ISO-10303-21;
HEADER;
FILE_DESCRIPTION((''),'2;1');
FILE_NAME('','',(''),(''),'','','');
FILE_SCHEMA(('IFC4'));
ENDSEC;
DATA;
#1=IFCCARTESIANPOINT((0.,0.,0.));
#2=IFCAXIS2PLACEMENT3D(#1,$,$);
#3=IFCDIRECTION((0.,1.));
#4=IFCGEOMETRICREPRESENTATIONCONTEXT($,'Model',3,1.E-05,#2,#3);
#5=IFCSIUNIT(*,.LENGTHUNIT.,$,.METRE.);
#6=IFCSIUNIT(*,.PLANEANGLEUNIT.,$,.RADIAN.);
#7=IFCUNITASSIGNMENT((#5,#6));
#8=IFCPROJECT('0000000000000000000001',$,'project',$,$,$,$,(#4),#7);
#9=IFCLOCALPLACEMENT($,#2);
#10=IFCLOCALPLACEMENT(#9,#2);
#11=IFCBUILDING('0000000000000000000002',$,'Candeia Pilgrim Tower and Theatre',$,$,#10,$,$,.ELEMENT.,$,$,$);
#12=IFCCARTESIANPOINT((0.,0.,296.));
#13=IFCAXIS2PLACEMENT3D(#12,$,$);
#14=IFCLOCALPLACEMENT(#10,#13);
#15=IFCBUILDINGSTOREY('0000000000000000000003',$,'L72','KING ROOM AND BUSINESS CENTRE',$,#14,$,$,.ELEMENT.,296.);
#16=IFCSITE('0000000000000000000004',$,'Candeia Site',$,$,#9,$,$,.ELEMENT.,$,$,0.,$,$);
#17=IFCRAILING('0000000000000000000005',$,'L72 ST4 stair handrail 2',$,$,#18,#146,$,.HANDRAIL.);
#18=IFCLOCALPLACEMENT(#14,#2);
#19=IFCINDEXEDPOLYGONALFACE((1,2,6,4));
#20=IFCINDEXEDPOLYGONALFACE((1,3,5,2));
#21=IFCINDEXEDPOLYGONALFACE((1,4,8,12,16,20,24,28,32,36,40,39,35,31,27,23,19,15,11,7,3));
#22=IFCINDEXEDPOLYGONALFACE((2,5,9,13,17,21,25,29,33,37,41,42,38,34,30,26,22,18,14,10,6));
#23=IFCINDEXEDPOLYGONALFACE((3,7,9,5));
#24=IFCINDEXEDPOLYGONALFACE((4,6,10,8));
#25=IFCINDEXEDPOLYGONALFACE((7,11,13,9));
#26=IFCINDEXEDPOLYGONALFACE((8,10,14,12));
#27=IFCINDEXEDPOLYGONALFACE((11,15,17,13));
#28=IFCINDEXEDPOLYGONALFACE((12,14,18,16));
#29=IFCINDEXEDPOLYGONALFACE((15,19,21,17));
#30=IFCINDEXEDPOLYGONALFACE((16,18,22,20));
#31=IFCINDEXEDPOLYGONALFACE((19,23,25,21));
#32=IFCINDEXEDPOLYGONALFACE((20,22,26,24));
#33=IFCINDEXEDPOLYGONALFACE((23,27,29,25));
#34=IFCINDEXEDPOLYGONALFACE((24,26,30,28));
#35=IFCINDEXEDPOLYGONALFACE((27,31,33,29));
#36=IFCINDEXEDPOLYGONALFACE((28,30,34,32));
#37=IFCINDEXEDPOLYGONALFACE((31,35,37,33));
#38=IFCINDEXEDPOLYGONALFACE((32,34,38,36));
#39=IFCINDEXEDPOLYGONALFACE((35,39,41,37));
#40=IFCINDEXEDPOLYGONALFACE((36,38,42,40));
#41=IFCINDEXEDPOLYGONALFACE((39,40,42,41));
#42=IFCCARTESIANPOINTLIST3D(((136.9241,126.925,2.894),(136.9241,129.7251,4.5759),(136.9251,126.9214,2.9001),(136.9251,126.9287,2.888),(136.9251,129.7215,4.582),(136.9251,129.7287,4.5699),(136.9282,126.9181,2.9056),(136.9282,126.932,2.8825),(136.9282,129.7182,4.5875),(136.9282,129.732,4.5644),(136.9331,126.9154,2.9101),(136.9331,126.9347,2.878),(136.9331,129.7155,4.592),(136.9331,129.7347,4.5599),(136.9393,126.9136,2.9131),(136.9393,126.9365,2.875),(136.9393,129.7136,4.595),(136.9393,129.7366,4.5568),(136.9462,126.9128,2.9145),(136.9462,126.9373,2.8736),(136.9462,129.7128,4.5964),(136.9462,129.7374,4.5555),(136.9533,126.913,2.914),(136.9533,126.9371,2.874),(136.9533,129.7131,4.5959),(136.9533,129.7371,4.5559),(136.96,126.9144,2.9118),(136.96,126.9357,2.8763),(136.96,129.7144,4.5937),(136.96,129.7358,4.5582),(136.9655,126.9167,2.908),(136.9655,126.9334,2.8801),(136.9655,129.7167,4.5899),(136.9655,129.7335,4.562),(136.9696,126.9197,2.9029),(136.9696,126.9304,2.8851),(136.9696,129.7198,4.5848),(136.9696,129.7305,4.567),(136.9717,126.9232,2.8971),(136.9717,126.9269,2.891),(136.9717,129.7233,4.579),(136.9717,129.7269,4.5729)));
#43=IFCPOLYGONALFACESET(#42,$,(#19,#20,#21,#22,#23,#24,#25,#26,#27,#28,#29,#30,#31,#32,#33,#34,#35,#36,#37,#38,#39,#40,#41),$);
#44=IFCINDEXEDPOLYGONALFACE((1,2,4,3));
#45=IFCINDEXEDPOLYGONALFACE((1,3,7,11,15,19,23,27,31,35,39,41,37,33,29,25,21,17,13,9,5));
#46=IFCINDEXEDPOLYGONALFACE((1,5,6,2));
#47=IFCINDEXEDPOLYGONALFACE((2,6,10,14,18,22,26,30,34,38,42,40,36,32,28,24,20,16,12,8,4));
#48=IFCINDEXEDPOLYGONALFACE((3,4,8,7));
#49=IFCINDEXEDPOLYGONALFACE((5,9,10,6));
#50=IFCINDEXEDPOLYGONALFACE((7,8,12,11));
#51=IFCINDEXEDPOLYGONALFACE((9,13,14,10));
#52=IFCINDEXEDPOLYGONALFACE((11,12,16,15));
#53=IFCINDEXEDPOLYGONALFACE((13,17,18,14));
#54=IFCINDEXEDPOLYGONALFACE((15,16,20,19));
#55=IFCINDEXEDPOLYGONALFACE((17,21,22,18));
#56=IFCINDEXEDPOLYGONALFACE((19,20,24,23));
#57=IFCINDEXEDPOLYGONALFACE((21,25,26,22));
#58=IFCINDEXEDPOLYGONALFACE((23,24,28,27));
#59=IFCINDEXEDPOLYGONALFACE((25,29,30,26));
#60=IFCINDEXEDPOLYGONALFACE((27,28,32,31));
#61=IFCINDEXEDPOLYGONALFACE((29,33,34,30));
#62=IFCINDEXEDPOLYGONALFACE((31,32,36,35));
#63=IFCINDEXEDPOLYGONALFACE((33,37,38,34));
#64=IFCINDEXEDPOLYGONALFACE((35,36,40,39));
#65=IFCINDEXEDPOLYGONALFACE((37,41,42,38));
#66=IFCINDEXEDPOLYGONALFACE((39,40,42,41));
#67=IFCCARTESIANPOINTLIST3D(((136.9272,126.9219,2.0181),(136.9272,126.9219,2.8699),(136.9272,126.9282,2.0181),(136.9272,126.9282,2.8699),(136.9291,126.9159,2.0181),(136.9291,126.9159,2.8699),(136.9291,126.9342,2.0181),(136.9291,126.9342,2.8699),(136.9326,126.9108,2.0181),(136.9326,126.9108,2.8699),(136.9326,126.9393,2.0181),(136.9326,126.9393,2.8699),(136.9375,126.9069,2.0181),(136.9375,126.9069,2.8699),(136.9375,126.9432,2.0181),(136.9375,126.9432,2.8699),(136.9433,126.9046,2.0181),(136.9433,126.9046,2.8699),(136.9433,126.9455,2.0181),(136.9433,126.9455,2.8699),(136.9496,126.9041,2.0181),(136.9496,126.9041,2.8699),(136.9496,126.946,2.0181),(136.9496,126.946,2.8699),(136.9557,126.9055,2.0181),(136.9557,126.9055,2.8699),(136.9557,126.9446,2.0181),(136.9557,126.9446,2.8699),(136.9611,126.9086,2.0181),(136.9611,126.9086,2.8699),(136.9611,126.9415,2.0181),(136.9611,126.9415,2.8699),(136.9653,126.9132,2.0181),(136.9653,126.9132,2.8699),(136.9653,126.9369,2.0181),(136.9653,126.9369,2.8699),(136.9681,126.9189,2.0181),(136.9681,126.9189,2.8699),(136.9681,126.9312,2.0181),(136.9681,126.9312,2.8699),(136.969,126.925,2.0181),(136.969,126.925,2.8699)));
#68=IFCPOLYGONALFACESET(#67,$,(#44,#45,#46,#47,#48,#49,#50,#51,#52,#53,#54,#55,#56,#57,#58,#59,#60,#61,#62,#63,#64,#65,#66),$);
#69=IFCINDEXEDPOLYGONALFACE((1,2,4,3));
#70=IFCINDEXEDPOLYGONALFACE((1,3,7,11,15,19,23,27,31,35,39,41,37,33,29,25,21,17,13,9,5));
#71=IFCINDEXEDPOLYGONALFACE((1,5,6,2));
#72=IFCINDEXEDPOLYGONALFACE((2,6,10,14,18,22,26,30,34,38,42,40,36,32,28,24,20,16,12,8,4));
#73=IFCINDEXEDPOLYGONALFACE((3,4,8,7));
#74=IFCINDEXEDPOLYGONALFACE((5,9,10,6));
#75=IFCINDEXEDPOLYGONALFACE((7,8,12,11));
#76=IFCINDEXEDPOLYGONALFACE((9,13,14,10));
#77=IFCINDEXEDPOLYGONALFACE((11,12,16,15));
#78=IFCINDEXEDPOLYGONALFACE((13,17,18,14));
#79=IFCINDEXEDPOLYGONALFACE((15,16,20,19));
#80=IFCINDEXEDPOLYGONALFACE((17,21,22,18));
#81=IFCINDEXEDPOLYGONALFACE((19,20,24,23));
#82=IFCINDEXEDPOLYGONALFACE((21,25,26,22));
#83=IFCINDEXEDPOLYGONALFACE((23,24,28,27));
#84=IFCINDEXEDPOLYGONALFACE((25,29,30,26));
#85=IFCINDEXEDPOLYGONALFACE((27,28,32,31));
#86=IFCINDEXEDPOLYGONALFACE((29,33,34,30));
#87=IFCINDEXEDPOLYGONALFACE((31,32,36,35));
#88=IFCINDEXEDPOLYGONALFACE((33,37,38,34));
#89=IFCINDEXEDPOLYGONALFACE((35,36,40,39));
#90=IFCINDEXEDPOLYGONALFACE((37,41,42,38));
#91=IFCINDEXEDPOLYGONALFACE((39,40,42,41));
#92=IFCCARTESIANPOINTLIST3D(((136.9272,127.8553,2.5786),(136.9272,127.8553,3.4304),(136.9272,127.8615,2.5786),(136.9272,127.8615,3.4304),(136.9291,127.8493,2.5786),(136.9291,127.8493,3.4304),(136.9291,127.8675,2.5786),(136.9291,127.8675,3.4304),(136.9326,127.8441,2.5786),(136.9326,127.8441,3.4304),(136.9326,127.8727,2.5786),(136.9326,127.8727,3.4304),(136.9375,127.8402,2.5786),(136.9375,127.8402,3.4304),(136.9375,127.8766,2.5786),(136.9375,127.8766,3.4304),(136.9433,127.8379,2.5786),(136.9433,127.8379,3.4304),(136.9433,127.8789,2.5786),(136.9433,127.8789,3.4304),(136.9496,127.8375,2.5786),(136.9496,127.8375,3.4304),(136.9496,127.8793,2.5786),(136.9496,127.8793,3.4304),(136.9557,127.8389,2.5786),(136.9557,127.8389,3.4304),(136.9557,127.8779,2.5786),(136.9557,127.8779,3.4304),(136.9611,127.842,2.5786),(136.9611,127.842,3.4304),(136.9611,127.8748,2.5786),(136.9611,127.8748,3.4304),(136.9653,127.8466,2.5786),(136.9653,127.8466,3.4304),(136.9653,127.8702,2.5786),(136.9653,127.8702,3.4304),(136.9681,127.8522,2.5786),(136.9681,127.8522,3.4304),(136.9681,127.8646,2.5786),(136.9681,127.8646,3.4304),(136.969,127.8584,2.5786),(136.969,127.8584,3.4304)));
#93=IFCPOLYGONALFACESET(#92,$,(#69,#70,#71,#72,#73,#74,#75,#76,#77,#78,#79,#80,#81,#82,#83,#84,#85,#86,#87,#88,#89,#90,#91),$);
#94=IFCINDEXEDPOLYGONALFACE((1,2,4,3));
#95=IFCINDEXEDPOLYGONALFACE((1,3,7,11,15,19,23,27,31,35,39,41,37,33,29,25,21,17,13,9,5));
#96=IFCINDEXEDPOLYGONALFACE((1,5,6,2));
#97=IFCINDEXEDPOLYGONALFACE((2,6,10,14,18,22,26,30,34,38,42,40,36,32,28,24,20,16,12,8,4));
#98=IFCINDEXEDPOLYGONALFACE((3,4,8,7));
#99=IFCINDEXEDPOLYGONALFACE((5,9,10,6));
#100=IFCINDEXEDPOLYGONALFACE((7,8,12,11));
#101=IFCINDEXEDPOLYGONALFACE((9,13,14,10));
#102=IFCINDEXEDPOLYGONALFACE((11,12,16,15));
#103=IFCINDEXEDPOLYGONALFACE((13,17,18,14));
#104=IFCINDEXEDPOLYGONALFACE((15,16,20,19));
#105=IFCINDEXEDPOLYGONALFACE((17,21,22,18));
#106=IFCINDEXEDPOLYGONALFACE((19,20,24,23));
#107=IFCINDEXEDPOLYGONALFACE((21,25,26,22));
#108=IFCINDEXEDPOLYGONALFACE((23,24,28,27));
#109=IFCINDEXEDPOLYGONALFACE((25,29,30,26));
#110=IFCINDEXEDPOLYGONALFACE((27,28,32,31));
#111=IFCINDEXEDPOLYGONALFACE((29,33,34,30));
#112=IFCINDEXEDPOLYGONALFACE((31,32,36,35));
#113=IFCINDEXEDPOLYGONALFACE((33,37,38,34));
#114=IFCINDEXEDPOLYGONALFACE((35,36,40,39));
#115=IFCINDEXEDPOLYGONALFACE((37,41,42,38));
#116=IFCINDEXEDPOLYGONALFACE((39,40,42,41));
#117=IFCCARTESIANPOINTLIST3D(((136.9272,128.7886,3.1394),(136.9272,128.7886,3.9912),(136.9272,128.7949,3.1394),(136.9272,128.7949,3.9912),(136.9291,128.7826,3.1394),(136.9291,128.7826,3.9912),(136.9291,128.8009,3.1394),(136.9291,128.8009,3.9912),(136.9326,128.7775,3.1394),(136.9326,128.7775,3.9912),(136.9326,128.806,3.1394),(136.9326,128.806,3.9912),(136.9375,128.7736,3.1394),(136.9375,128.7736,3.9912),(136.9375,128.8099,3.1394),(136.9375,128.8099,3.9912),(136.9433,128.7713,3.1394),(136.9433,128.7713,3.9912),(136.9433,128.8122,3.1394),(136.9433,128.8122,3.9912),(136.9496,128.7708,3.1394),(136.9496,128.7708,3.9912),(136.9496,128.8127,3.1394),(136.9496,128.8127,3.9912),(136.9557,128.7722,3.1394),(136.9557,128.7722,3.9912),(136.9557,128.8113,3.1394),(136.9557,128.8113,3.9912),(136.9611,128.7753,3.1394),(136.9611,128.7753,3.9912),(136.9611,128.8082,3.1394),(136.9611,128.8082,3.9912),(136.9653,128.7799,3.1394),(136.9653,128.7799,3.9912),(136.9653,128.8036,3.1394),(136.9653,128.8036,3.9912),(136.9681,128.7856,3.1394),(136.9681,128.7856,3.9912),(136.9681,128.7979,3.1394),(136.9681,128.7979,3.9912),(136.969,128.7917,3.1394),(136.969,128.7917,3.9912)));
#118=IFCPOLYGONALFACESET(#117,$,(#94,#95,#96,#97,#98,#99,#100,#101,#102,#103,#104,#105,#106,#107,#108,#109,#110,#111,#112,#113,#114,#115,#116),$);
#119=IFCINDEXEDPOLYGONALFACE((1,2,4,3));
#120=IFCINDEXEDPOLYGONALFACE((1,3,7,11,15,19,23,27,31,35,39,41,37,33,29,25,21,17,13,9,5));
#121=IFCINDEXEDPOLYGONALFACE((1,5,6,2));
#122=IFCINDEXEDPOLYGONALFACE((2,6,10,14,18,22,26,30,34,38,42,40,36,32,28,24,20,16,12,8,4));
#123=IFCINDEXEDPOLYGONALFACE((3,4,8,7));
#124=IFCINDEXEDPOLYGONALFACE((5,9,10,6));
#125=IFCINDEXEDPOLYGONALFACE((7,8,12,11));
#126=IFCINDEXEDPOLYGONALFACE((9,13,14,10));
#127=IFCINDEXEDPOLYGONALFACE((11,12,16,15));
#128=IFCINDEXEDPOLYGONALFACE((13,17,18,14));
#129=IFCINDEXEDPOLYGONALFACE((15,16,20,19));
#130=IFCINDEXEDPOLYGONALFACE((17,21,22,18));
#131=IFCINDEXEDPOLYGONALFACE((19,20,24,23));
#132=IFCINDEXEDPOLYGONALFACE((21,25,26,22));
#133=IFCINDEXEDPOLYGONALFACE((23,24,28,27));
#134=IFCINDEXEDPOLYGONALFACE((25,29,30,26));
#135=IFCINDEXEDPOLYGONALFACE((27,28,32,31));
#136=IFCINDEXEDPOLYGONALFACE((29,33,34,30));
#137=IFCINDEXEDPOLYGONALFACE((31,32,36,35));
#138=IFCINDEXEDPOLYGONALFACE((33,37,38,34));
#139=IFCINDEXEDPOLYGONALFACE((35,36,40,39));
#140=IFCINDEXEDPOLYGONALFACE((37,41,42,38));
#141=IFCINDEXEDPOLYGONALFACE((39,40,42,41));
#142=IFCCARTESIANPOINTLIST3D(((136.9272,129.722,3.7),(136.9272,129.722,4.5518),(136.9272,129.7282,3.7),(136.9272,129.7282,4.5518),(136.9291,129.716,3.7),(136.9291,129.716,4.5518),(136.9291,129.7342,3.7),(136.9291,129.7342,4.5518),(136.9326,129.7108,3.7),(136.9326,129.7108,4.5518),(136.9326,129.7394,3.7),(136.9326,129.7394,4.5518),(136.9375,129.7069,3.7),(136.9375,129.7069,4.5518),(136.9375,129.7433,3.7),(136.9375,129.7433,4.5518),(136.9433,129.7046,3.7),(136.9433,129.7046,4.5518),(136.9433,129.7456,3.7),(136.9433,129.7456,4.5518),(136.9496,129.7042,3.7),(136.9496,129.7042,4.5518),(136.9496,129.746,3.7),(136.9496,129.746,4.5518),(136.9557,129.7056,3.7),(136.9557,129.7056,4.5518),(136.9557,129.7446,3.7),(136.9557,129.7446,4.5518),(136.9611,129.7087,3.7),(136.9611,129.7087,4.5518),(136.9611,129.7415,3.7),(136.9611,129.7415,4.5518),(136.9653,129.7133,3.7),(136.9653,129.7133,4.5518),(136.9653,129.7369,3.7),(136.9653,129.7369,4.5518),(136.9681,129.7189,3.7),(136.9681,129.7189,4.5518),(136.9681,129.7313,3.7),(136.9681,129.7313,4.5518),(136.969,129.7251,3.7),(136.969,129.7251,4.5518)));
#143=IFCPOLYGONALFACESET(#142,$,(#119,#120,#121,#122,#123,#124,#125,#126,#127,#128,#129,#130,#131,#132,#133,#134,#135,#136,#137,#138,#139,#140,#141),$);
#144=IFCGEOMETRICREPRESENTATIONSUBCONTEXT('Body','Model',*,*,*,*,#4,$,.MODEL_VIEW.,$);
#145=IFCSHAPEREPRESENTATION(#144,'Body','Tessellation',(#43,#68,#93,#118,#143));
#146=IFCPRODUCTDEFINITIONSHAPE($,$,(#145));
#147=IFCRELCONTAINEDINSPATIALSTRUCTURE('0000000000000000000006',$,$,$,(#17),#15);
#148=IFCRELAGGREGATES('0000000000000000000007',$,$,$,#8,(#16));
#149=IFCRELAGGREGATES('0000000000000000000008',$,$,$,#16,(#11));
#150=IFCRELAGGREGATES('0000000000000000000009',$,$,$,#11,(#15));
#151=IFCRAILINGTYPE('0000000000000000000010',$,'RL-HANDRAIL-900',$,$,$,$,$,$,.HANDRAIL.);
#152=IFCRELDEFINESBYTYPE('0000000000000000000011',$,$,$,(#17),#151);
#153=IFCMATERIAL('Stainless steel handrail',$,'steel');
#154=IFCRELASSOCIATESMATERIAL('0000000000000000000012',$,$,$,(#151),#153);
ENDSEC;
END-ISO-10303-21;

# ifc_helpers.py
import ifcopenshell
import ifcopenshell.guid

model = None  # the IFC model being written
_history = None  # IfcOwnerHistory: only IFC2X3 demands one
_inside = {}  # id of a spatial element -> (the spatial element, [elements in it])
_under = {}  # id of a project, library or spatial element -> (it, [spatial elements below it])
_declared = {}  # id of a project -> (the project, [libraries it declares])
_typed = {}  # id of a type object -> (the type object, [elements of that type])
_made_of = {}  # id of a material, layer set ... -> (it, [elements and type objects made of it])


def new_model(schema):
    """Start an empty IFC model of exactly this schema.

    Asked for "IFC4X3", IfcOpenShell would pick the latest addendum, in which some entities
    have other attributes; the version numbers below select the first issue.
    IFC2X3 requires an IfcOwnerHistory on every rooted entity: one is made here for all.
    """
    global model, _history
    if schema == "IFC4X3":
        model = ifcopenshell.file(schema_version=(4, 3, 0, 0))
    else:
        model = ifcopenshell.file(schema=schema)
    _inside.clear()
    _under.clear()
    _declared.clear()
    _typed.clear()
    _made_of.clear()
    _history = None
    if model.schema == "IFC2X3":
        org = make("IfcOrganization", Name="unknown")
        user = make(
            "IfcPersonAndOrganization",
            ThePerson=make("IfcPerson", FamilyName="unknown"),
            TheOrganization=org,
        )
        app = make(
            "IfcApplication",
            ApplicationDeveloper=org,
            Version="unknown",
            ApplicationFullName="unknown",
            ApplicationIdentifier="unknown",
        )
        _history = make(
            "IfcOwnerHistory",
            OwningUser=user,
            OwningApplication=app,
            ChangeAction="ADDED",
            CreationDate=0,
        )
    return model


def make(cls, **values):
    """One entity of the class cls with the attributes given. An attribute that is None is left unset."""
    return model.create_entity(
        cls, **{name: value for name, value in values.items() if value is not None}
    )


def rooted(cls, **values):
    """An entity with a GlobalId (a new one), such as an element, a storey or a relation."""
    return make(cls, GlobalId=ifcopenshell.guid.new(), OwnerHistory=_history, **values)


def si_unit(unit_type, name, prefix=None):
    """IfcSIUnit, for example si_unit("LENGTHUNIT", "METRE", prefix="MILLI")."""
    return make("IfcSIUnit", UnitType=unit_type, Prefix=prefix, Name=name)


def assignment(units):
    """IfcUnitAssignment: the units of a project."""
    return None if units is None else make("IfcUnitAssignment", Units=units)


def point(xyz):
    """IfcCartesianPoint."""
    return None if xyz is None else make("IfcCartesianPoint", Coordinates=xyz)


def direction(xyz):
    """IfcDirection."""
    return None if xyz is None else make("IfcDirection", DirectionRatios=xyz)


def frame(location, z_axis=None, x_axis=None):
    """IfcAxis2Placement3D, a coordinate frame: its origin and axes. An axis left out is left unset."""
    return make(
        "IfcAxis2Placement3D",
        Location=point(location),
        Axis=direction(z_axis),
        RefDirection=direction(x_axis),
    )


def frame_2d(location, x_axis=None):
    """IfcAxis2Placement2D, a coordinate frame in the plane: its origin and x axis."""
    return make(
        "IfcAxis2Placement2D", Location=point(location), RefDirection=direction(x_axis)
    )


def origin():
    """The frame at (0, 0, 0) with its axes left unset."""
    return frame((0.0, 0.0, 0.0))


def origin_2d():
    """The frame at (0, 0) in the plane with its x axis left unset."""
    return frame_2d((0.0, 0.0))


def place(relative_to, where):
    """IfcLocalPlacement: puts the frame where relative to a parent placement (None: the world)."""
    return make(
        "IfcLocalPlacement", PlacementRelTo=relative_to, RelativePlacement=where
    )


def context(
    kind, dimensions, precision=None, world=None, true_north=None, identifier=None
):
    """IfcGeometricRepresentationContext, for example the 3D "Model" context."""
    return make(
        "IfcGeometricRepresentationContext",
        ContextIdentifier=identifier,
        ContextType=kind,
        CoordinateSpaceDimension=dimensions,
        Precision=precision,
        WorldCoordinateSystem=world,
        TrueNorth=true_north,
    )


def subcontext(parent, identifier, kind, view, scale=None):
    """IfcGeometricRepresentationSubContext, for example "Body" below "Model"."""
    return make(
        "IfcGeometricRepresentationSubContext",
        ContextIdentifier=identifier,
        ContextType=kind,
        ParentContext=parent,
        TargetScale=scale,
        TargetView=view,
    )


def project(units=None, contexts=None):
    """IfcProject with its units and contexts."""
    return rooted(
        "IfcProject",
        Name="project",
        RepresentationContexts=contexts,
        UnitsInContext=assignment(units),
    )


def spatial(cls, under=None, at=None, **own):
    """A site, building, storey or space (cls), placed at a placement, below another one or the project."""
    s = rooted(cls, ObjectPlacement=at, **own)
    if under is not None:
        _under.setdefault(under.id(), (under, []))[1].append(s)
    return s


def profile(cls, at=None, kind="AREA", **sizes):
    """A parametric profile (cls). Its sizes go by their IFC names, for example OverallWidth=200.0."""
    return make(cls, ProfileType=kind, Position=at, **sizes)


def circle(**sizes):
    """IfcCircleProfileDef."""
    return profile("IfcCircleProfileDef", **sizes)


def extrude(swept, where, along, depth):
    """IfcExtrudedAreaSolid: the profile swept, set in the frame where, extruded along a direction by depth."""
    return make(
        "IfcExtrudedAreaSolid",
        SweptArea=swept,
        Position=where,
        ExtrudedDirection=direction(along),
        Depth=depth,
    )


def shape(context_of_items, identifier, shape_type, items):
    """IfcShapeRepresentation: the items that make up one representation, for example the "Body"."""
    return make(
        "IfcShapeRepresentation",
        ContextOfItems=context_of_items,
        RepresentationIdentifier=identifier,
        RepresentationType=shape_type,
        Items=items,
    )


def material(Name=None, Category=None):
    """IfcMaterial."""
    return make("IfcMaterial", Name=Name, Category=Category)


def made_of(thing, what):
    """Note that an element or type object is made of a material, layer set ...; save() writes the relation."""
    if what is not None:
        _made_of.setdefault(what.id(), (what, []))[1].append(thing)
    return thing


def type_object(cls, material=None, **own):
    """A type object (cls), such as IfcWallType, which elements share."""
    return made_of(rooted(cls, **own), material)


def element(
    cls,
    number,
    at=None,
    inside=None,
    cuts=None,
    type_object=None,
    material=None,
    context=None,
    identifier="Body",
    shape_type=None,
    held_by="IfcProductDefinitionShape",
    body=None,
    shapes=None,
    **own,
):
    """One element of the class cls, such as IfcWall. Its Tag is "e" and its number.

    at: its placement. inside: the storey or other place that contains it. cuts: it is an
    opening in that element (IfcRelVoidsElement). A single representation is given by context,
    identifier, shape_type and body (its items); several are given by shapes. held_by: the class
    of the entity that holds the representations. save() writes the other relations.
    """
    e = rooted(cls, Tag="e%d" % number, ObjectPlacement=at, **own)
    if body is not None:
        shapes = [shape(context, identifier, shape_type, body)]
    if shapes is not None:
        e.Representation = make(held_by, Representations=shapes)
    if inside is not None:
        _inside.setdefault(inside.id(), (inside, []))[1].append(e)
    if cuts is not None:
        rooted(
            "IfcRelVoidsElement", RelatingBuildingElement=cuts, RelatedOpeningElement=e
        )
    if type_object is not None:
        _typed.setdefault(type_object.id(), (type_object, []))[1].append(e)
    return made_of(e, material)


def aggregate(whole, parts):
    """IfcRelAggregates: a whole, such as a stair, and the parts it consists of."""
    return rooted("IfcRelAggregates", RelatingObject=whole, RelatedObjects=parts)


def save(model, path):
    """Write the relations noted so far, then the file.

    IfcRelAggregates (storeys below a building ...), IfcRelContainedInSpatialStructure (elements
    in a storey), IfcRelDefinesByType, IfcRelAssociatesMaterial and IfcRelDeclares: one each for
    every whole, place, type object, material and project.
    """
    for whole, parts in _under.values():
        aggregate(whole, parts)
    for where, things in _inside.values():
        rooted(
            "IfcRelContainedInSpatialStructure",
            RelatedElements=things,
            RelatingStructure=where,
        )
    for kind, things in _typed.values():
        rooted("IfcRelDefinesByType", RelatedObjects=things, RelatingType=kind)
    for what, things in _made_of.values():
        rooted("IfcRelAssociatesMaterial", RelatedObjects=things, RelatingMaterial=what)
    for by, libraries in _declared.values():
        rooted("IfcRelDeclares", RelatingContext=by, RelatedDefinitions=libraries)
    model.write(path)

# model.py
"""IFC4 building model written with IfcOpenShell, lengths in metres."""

from ifc_helpers import new_model, si_unit, direction, frame, origin, origin_2d, place, context, subcontext, project, spatial, circle, extrude, material, type_object, element, save


model = new_model("IFC4")

# Units and contexts
model_context = context("Model", 3, precision=1e-05, world=origin(), true_north=direction((0.0, 1.0)))
body_context = subcontext(model_context, "Body", "Model", "MODEL_VIEW")
ifc_project = project(units=[si_unit("LENGTHUNIT", "METRE"), si_unit("PLANEANGLEUNIT", "RADIAN")], contexts=[model_context])

# Site, building, storey
site_placement = place(None, origin())
site = spatial("IfcSite", under=ifc_project, at=site_placement, Name="Candeia Site", CompositionType="ELEMENT", RefElevation=0.0)
building_placement = place(site_placement, origin())
building = spatial("IfcBuilding", under=site, at=building_placement, Name="Candeia Pilgrim Tower and Theatre", CompositionType="ELEMENT")
storey_placement = place(building_placement, frame((0.0, 0.0, 296.0)))
storey = spatial("IfcBuildingStorey", under=building, at=storey_placement, Name="L72", Description="KING ROOM AND BUSINESS CENTRE", CompositionType="ELEMENT", Elevation=296.0)

# Railing
ifc_material_1 = material(Name="Stainless steel handrail", Category="steel")
railing_type_1 = type_object("IfcRailingType", Name="RL-HANDRAIL-900", PredefinedType="HANDRAIL", material=ifc_material_1)
for number, where, name in (
    (1, (136.948, 126.925, 2.0181), "L72 ST4 stair handrail 2"),
):
    element("IfcRailing", number, at=place(storey_placement, frame(where)), inside=storey, type_object=railing_type_1, Name=name, PredefinedType="HANDRAIL", context=body_context, shape_type="SweptSolid", body=[
        extrude(circle(Radius=0.0239, at=origin_2d()), frame((0.0, 0.0, 0.876), z_axis=(0.0, 0.857242, 0.514913), x_axis=(-1.0, 0.0, 0.0)), (0.0, 0.0, 1.0), 3.2664),
        extrude(circle(Radius=0.021, at=origin_2d()), origin(), (0.0, 0.0, 1.0), 0.8518),
        extrude(circle(Radius=0.021, at=origin_2d()), frame((0.0, 0.9333, 0.5605)), (0.0, 0.0, 1.0), 0.8518),
        extrude(circle(Radius=0.021, at=origin_2d()), frame((0.0, 1.8667, 1.1213)), (0.0, 0.0, 1.0), 0.8518),
        extrude(circle(Radius=0.021, at=origin_2d()), frame((0.0, 2.8, 1.6819)), (0.0, 0.0, 1.0), 0.8518),
    ])

save(model, "model.ifc")
